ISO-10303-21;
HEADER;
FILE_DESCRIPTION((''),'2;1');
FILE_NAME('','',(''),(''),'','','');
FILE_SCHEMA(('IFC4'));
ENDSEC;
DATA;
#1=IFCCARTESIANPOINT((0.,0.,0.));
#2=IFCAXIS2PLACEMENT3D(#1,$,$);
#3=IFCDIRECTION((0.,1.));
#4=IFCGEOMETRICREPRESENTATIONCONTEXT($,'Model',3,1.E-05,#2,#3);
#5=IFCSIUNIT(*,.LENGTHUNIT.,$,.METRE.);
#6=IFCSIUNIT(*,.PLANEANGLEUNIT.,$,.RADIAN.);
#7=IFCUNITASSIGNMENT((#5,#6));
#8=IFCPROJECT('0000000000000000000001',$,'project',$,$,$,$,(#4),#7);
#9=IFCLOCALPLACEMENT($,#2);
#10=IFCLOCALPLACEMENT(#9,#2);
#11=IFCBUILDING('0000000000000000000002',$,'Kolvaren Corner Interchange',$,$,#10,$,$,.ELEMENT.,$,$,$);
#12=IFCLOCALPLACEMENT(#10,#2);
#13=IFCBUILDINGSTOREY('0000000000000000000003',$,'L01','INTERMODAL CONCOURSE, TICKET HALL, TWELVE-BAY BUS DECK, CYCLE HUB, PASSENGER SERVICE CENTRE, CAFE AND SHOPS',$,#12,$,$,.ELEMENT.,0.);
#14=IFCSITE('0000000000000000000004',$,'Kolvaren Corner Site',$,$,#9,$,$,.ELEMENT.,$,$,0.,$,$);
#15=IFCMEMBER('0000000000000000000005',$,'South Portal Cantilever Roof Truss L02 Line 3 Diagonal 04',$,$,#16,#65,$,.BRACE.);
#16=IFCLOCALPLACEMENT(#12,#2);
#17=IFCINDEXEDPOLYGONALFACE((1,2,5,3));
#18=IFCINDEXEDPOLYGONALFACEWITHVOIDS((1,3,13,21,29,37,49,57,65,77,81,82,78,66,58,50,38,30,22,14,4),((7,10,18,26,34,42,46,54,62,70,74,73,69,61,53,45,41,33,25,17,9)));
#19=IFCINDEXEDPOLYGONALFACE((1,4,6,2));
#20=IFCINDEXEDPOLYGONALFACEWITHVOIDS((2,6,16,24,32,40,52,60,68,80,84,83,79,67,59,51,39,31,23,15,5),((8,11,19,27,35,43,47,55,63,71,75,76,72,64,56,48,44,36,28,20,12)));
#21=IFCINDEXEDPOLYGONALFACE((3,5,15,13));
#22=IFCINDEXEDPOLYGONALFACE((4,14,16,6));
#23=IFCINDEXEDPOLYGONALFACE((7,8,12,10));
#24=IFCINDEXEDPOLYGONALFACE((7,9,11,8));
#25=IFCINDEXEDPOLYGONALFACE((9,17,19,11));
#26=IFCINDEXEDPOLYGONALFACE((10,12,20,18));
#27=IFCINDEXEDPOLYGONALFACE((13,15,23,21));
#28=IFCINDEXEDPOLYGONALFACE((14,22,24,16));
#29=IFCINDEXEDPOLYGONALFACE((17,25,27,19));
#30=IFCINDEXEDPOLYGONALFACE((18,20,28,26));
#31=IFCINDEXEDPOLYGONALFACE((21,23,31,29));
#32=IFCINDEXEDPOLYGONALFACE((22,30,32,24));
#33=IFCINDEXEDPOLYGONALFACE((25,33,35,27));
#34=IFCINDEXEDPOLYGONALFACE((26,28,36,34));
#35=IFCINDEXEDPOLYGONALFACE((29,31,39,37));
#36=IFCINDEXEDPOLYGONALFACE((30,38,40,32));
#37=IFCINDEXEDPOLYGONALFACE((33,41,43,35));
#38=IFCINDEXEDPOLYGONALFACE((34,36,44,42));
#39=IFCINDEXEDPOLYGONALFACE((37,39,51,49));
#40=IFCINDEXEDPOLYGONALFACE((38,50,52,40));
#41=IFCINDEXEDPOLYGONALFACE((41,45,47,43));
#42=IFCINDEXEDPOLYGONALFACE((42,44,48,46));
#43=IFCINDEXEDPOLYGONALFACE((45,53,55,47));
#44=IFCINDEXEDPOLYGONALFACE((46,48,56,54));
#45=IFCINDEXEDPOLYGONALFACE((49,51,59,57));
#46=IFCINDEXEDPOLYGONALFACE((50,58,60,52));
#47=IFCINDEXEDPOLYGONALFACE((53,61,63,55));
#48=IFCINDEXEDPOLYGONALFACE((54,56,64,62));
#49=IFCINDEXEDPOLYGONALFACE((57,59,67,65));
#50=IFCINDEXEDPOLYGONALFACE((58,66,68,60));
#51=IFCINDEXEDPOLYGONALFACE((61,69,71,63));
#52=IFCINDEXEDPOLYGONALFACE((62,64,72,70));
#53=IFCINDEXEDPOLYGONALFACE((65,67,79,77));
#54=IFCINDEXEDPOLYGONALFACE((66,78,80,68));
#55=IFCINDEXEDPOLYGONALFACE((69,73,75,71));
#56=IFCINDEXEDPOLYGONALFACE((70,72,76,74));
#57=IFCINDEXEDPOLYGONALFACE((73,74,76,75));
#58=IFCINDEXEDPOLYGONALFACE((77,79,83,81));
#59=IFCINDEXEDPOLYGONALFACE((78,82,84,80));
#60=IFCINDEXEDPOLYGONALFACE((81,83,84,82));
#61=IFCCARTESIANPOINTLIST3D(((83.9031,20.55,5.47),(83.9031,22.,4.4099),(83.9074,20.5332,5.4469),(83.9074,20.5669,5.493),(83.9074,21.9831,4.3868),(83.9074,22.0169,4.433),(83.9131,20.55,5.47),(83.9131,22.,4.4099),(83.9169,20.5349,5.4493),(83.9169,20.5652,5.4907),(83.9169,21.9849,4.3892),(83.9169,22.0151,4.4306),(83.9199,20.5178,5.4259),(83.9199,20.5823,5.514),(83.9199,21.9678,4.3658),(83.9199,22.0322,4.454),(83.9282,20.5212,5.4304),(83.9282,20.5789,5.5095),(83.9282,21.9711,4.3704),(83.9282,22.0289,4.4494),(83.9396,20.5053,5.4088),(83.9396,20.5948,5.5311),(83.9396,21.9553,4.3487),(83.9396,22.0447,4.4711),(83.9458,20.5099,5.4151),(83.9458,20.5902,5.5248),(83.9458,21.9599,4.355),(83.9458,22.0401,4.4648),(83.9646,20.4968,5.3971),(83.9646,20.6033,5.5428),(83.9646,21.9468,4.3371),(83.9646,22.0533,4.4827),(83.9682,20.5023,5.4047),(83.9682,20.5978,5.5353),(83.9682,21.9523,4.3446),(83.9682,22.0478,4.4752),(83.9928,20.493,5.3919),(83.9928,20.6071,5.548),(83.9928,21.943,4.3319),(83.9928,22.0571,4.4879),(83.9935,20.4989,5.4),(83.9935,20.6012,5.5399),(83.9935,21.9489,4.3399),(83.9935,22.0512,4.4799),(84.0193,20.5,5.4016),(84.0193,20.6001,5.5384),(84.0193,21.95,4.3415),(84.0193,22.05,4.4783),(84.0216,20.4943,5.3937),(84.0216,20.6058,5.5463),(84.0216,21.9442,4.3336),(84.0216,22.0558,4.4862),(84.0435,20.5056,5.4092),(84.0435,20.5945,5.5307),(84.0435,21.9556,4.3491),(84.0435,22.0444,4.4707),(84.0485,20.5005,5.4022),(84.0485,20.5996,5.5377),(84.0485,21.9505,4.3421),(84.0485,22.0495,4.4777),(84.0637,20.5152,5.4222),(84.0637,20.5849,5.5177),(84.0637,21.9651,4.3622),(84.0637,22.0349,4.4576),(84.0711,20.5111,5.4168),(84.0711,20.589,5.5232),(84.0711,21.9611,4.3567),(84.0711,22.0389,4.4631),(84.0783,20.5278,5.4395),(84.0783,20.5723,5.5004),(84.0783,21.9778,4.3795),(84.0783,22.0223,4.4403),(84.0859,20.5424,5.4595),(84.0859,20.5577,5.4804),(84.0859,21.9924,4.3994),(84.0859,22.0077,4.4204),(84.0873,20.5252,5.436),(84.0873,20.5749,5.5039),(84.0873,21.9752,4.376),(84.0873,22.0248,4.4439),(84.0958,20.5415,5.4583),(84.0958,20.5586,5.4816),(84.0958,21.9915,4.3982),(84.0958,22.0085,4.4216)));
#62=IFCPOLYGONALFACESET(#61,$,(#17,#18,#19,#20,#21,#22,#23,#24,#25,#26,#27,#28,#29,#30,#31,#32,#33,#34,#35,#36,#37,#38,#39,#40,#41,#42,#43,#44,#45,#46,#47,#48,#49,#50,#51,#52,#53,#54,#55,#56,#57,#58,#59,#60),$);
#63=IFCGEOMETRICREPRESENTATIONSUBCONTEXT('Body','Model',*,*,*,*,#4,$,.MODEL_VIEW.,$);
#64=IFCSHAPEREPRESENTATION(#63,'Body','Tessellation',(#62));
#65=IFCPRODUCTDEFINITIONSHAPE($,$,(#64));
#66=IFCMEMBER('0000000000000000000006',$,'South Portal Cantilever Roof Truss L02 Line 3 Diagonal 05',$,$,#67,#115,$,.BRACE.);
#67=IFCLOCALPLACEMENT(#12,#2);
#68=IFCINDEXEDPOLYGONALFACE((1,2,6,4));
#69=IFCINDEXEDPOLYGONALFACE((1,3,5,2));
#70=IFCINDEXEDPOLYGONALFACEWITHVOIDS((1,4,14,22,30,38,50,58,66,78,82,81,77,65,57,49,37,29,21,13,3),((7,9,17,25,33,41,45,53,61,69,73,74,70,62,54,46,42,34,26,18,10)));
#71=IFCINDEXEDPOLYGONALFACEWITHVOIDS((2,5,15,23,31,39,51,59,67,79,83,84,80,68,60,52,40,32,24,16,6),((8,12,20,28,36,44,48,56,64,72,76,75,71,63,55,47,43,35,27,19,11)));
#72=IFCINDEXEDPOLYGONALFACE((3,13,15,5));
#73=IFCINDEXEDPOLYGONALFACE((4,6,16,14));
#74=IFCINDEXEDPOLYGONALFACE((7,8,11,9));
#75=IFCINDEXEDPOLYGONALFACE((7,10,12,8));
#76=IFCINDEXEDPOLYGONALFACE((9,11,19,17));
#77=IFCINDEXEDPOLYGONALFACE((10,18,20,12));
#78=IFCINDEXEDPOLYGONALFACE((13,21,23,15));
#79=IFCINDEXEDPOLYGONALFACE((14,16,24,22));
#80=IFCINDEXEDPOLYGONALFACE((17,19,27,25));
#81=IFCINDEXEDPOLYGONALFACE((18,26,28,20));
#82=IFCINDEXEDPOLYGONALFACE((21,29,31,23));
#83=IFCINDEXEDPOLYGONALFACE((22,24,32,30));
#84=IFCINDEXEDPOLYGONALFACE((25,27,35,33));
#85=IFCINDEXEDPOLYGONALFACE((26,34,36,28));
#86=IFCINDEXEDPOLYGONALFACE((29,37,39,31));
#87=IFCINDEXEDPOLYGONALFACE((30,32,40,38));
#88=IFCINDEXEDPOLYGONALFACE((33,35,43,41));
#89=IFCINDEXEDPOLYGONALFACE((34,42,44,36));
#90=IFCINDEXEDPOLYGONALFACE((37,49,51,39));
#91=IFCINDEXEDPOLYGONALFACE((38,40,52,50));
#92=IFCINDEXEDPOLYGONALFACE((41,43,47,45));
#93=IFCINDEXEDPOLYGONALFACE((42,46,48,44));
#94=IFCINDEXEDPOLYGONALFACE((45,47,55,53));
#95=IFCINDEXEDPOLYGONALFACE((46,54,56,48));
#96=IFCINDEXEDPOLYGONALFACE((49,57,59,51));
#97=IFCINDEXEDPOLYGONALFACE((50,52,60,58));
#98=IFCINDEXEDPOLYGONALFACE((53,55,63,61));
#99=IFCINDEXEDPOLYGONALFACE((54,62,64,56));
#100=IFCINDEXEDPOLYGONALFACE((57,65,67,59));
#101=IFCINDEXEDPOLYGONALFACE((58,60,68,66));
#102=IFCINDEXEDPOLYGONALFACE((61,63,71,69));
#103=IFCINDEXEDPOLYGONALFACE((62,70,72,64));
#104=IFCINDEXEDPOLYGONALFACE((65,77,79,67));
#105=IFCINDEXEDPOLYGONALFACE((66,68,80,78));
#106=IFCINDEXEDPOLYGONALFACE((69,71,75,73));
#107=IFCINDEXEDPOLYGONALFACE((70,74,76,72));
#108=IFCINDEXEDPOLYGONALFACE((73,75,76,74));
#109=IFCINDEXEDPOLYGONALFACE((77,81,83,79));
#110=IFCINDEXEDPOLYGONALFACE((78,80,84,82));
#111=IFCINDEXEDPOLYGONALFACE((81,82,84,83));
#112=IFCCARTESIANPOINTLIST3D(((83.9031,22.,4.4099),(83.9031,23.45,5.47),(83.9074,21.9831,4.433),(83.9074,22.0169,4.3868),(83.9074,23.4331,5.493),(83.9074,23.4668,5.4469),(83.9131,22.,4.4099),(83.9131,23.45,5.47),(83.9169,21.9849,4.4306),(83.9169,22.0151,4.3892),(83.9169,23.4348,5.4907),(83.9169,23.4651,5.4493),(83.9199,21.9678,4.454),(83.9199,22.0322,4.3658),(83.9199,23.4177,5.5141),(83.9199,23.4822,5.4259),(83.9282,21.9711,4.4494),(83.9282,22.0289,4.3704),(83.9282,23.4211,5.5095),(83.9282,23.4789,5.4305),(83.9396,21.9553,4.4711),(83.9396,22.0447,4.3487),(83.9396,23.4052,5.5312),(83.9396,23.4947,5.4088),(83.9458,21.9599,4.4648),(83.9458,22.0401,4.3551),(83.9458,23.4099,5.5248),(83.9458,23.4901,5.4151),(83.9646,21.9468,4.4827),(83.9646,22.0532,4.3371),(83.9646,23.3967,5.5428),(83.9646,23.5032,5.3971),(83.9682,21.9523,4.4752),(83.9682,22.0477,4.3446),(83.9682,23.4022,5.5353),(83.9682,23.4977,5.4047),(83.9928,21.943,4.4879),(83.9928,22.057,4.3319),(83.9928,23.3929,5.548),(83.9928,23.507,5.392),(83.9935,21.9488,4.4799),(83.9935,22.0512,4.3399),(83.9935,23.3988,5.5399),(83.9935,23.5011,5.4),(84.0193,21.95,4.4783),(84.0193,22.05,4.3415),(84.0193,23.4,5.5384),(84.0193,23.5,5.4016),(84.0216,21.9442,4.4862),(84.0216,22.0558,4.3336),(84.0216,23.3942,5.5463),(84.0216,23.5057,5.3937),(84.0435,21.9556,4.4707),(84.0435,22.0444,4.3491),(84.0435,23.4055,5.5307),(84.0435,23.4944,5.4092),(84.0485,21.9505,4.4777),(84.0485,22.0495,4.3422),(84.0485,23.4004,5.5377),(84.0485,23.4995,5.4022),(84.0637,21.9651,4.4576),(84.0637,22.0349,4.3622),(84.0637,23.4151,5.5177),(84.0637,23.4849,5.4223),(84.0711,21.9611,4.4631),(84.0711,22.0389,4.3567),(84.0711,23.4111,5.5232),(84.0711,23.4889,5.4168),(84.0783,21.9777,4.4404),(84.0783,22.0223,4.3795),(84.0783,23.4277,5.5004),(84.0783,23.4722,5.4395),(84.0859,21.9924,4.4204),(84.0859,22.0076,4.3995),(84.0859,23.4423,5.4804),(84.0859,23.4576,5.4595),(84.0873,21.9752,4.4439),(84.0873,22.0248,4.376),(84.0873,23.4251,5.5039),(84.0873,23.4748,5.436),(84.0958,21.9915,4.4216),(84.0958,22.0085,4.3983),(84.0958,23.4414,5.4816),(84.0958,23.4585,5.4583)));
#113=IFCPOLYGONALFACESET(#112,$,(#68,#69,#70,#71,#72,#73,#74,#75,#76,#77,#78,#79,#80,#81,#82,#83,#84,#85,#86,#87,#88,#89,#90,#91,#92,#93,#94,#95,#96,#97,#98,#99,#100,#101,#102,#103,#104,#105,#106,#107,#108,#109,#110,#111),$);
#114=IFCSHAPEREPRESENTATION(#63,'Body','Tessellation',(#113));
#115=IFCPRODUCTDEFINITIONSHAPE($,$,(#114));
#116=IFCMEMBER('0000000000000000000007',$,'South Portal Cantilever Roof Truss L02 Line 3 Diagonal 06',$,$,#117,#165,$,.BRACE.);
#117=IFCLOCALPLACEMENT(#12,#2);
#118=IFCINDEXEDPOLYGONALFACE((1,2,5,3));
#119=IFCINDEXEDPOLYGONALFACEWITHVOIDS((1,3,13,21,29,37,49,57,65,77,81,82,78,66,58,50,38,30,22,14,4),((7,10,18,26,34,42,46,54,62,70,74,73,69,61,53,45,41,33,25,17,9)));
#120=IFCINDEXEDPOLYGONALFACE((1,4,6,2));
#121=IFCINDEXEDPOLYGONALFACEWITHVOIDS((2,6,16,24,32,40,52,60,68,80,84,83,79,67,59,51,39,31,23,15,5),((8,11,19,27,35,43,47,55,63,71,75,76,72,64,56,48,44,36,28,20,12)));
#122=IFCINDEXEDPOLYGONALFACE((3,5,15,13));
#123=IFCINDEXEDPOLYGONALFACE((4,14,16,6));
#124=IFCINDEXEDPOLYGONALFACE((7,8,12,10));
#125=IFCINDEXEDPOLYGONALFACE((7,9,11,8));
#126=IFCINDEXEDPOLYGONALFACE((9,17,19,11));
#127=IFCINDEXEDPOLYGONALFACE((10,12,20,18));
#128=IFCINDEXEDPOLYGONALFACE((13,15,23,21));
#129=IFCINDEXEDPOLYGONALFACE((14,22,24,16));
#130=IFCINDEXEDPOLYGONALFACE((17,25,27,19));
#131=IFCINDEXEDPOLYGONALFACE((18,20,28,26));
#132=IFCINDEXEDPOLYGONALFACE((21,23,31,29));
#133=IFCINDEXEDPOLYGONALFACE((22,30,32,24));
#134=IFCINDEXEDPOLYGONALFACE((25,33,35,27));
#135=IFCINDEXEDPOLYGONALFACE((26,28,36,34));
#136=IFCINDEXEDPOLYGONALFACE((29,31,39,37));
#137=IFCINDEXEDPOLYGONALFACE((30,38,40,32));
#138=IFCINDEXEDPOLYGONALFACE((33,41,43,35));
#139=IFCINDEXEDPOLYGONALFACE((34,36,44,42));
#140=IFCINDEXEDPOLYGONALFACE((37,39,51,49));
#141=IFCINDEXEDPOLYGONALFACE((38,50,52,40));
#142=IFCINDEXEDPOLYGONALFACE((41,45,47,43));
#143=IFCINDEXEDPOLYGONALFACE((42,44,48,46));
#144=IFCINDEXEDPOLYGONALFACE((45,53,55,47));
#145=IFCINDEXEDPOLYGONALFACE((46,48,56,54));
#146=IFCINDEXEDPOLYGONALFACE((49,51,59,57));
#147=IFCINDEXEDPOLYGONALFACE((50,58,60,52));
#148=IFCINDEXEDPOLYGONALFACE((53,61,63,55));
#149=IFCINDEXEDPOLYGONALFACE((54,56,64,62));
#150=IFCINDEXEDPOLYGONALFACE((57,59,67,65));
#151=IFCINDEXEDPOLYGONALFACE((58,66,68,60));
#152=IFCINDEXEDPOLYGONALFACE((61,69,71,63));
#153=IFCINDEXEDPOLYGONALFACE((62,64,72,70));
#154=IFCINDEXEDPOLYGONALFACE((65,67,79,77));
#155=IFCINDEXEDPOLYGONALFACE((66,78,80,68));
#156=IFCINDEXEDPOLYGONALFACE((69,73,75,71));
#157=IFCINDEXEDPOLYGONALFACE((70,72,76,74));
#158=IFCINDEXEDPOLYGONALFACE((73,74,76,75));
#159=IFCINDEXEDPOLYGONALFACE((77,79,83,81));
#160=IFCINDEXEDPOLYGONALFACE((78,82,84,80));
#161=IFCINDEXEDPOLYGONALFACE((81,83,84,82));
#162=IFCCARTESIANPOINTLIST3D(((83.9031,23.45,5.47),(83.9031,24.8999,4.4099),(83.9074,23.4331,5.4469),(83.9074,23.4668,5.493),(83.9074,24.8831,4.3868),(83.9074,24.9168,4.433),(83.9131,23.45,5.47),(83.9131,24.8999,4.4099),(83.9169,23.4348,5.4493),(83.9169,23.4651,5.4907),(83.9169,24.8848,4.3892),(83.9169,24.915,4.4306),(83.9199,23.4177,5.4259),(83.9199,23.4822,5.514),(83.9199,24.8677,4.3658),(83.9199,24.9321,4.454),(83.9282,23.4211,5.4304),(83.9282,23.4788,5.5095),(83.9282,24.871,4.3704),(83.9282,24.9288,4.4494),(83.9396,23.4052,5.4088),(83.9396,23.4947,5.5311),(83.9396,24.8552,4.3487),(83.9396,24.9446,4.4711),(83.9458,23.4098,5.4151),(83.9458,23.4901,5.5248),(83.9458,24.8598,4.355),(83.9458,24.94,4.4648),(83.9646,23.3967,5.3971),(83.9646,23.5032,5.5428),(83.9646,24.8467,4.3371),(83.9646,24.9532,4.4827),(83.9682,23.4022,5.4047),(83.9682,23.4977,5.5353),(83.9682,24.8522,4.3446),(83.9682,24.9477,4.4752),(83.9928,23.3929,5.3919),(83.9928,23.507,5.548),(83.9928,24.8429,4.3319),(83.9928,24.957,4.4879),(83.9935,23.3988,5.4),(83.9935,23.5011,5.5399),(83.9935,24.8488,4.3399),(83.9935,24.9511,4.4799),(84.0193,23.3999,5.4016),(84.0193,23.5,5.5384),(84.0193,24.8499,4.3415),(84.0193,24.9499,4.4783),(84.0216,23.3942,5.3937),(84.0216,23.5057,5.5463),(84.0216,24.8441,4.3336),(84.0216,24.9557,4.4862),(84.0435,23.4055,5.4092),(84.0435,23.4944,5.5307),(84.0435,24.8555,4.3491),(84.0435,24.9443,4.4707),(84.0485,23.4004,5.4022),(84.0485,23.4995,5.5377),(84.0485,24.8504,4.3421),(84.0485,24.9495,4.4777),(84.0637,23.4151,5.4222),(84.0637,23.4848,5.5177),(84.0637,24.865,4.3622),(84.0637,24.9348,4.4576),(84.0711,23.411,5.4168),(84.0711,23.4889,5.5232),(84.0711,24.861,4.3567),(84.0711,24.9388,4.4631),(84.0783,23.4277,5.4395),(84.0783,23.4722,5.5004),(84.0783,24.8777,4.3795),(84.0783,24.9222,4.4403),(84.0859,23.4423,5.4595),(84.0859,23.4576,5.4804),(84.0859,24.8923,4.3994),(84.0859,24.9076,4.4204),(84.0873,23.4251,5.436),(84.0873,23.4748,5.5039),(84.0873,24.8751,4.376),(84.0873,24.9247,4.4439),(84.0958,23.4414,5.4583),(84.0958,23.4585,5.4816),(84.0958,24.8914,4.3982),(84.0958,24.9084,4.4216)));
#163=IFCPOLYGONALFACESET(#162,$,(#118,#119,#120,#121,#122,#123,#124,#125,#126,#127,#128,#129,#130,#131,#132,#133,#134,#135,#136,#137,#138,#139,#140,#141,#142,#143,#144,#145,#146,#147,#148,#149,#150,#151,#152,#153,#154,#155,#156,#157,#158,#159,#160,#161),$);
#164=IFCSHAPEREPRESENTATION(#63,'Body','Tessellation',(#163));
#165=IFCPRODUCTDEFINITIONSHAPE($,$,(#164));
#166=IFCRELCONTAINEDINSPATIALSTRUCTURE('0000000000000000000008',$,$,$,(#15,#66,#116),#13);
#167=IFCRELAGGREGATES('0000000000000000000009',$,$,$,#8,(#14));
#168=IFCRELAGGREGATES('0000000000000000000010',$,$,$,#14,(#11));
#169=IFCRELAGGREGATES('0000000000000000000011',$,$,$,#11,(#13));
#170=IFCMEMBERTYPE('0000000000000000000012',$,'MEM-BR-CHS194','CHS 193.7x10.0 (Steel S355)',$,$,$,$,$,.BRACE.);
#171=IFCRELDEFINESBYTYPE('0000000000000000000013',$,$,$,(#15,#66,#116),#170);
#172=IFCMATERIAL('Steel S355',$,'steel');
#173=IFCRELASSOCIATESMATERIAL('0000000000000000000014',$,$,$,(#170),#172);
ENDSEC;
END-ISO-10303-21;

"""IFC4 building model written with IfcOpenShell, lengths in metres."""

from ifc_helpers import new_model, si_unit, direction, frame, origin, origin_2d, place, context, subcontext, project, spatial, hollow_circle, extrude, material, material_profile, profile_set, type_object, element, save


model = new_model("IFC4")

# Units and contexts
model_context = context("Model", 3, precision=1e-05, world=origin(), true_north=direction((0.0, 1.0)))
body_context = subcontext(model_context, "Body", "Model", "MODEL_VIEW")
ifc_project = project(units=[si_unit("LENGTHUNIT", "METRE"), si_unit("PLANEANGLEUNIT", "RADIAN")], contexts=[model_context])

# Site, building, storey
site_placement = place(None, origin())
site = spatial("IfcSite", under=ifc_project, at=site_placement, Name="Kolvaren Corner Site", CompositionType="ELEMENT", RefElevation=0.0)
building_placement = place(site_placement, origin())
building = spatial("IfcBuilding", under=site, at=building_placement, Name="Kolvaren Corner Interchange", CompositionType="ELEMENT")
storey_placement = place(building_placement, origin())
storey = spatial("IfcBuildingStorey", under=building, at=storey_placement, Name="L01", Description="INTERMODAL CONCOURSE, TICKET HALL, TWELVE-BAY BUS DECK, CYCLE HUB, PASSENGER SERVICE CENTRE, CAFE AND SHOPS", CompositionType="ELEMENT", Elevation=0.0)

# Members
ifc_material_1 = material(Name="Steel S355", Category="steel")
ifc_material_profile_1 = material_profile(ifc_material_1, hollow_circle(Radius=0.0969, WallThickness=0.01, at=origin_2d()), Name="CHS 193.7x10.0")
ifc_profile_set_1 = profile_set([ifc_material_profile_1], Name="Steel S355")
member_type_1 = type_object("IfcMemberType", Name="MEM-BR-CHS194", Description="CHS 193.7x10.0 (Steel S355)", PredefinedType="BRACE", material=ifc_profile_set_1)
for number, where, z_axis, x_axis, name in (
    (1, (84.0, 20.55, 5.47), (0.0, 0.807264, -0.59019), (-1.0, 0.0, 0.0), "South Portal Cantilever Roof Truss L02 Line 3 Diagonal 04"),
    (2, (84.0, 22.0, 4.4099), (0.0, 0.807264, 0.59019), (-1.0, 0.0, 0.0), "South Portal Cantilever Roof Truss L02 Line 3 Diagonal 05"),
    (3, (84.0, 23.45, 5.47), (0.0, 0.807264, -0.59019), (-1.0, 0.0, 0.0), "South Portal Cantilever Roof Truss L02 Line 3 Diagonal 06"),
):
    element("IfcMember", number, at=place(storey_placement, frame(where, z_axis=z_axis, x_axis=x_axis)), inside=storey, type_object=member_type_1, Name=name, PredefinedType="BRACE", context=body_context, shape_type="SweptSolid", body=[
        extrude(hollow_circle(Radius=0.0969, WallThickness=0.01, at=origin_2d()), origin(), (0.0, 0.0, 1.0), 1.7961),
    ])

save(model, "model.ifc")
